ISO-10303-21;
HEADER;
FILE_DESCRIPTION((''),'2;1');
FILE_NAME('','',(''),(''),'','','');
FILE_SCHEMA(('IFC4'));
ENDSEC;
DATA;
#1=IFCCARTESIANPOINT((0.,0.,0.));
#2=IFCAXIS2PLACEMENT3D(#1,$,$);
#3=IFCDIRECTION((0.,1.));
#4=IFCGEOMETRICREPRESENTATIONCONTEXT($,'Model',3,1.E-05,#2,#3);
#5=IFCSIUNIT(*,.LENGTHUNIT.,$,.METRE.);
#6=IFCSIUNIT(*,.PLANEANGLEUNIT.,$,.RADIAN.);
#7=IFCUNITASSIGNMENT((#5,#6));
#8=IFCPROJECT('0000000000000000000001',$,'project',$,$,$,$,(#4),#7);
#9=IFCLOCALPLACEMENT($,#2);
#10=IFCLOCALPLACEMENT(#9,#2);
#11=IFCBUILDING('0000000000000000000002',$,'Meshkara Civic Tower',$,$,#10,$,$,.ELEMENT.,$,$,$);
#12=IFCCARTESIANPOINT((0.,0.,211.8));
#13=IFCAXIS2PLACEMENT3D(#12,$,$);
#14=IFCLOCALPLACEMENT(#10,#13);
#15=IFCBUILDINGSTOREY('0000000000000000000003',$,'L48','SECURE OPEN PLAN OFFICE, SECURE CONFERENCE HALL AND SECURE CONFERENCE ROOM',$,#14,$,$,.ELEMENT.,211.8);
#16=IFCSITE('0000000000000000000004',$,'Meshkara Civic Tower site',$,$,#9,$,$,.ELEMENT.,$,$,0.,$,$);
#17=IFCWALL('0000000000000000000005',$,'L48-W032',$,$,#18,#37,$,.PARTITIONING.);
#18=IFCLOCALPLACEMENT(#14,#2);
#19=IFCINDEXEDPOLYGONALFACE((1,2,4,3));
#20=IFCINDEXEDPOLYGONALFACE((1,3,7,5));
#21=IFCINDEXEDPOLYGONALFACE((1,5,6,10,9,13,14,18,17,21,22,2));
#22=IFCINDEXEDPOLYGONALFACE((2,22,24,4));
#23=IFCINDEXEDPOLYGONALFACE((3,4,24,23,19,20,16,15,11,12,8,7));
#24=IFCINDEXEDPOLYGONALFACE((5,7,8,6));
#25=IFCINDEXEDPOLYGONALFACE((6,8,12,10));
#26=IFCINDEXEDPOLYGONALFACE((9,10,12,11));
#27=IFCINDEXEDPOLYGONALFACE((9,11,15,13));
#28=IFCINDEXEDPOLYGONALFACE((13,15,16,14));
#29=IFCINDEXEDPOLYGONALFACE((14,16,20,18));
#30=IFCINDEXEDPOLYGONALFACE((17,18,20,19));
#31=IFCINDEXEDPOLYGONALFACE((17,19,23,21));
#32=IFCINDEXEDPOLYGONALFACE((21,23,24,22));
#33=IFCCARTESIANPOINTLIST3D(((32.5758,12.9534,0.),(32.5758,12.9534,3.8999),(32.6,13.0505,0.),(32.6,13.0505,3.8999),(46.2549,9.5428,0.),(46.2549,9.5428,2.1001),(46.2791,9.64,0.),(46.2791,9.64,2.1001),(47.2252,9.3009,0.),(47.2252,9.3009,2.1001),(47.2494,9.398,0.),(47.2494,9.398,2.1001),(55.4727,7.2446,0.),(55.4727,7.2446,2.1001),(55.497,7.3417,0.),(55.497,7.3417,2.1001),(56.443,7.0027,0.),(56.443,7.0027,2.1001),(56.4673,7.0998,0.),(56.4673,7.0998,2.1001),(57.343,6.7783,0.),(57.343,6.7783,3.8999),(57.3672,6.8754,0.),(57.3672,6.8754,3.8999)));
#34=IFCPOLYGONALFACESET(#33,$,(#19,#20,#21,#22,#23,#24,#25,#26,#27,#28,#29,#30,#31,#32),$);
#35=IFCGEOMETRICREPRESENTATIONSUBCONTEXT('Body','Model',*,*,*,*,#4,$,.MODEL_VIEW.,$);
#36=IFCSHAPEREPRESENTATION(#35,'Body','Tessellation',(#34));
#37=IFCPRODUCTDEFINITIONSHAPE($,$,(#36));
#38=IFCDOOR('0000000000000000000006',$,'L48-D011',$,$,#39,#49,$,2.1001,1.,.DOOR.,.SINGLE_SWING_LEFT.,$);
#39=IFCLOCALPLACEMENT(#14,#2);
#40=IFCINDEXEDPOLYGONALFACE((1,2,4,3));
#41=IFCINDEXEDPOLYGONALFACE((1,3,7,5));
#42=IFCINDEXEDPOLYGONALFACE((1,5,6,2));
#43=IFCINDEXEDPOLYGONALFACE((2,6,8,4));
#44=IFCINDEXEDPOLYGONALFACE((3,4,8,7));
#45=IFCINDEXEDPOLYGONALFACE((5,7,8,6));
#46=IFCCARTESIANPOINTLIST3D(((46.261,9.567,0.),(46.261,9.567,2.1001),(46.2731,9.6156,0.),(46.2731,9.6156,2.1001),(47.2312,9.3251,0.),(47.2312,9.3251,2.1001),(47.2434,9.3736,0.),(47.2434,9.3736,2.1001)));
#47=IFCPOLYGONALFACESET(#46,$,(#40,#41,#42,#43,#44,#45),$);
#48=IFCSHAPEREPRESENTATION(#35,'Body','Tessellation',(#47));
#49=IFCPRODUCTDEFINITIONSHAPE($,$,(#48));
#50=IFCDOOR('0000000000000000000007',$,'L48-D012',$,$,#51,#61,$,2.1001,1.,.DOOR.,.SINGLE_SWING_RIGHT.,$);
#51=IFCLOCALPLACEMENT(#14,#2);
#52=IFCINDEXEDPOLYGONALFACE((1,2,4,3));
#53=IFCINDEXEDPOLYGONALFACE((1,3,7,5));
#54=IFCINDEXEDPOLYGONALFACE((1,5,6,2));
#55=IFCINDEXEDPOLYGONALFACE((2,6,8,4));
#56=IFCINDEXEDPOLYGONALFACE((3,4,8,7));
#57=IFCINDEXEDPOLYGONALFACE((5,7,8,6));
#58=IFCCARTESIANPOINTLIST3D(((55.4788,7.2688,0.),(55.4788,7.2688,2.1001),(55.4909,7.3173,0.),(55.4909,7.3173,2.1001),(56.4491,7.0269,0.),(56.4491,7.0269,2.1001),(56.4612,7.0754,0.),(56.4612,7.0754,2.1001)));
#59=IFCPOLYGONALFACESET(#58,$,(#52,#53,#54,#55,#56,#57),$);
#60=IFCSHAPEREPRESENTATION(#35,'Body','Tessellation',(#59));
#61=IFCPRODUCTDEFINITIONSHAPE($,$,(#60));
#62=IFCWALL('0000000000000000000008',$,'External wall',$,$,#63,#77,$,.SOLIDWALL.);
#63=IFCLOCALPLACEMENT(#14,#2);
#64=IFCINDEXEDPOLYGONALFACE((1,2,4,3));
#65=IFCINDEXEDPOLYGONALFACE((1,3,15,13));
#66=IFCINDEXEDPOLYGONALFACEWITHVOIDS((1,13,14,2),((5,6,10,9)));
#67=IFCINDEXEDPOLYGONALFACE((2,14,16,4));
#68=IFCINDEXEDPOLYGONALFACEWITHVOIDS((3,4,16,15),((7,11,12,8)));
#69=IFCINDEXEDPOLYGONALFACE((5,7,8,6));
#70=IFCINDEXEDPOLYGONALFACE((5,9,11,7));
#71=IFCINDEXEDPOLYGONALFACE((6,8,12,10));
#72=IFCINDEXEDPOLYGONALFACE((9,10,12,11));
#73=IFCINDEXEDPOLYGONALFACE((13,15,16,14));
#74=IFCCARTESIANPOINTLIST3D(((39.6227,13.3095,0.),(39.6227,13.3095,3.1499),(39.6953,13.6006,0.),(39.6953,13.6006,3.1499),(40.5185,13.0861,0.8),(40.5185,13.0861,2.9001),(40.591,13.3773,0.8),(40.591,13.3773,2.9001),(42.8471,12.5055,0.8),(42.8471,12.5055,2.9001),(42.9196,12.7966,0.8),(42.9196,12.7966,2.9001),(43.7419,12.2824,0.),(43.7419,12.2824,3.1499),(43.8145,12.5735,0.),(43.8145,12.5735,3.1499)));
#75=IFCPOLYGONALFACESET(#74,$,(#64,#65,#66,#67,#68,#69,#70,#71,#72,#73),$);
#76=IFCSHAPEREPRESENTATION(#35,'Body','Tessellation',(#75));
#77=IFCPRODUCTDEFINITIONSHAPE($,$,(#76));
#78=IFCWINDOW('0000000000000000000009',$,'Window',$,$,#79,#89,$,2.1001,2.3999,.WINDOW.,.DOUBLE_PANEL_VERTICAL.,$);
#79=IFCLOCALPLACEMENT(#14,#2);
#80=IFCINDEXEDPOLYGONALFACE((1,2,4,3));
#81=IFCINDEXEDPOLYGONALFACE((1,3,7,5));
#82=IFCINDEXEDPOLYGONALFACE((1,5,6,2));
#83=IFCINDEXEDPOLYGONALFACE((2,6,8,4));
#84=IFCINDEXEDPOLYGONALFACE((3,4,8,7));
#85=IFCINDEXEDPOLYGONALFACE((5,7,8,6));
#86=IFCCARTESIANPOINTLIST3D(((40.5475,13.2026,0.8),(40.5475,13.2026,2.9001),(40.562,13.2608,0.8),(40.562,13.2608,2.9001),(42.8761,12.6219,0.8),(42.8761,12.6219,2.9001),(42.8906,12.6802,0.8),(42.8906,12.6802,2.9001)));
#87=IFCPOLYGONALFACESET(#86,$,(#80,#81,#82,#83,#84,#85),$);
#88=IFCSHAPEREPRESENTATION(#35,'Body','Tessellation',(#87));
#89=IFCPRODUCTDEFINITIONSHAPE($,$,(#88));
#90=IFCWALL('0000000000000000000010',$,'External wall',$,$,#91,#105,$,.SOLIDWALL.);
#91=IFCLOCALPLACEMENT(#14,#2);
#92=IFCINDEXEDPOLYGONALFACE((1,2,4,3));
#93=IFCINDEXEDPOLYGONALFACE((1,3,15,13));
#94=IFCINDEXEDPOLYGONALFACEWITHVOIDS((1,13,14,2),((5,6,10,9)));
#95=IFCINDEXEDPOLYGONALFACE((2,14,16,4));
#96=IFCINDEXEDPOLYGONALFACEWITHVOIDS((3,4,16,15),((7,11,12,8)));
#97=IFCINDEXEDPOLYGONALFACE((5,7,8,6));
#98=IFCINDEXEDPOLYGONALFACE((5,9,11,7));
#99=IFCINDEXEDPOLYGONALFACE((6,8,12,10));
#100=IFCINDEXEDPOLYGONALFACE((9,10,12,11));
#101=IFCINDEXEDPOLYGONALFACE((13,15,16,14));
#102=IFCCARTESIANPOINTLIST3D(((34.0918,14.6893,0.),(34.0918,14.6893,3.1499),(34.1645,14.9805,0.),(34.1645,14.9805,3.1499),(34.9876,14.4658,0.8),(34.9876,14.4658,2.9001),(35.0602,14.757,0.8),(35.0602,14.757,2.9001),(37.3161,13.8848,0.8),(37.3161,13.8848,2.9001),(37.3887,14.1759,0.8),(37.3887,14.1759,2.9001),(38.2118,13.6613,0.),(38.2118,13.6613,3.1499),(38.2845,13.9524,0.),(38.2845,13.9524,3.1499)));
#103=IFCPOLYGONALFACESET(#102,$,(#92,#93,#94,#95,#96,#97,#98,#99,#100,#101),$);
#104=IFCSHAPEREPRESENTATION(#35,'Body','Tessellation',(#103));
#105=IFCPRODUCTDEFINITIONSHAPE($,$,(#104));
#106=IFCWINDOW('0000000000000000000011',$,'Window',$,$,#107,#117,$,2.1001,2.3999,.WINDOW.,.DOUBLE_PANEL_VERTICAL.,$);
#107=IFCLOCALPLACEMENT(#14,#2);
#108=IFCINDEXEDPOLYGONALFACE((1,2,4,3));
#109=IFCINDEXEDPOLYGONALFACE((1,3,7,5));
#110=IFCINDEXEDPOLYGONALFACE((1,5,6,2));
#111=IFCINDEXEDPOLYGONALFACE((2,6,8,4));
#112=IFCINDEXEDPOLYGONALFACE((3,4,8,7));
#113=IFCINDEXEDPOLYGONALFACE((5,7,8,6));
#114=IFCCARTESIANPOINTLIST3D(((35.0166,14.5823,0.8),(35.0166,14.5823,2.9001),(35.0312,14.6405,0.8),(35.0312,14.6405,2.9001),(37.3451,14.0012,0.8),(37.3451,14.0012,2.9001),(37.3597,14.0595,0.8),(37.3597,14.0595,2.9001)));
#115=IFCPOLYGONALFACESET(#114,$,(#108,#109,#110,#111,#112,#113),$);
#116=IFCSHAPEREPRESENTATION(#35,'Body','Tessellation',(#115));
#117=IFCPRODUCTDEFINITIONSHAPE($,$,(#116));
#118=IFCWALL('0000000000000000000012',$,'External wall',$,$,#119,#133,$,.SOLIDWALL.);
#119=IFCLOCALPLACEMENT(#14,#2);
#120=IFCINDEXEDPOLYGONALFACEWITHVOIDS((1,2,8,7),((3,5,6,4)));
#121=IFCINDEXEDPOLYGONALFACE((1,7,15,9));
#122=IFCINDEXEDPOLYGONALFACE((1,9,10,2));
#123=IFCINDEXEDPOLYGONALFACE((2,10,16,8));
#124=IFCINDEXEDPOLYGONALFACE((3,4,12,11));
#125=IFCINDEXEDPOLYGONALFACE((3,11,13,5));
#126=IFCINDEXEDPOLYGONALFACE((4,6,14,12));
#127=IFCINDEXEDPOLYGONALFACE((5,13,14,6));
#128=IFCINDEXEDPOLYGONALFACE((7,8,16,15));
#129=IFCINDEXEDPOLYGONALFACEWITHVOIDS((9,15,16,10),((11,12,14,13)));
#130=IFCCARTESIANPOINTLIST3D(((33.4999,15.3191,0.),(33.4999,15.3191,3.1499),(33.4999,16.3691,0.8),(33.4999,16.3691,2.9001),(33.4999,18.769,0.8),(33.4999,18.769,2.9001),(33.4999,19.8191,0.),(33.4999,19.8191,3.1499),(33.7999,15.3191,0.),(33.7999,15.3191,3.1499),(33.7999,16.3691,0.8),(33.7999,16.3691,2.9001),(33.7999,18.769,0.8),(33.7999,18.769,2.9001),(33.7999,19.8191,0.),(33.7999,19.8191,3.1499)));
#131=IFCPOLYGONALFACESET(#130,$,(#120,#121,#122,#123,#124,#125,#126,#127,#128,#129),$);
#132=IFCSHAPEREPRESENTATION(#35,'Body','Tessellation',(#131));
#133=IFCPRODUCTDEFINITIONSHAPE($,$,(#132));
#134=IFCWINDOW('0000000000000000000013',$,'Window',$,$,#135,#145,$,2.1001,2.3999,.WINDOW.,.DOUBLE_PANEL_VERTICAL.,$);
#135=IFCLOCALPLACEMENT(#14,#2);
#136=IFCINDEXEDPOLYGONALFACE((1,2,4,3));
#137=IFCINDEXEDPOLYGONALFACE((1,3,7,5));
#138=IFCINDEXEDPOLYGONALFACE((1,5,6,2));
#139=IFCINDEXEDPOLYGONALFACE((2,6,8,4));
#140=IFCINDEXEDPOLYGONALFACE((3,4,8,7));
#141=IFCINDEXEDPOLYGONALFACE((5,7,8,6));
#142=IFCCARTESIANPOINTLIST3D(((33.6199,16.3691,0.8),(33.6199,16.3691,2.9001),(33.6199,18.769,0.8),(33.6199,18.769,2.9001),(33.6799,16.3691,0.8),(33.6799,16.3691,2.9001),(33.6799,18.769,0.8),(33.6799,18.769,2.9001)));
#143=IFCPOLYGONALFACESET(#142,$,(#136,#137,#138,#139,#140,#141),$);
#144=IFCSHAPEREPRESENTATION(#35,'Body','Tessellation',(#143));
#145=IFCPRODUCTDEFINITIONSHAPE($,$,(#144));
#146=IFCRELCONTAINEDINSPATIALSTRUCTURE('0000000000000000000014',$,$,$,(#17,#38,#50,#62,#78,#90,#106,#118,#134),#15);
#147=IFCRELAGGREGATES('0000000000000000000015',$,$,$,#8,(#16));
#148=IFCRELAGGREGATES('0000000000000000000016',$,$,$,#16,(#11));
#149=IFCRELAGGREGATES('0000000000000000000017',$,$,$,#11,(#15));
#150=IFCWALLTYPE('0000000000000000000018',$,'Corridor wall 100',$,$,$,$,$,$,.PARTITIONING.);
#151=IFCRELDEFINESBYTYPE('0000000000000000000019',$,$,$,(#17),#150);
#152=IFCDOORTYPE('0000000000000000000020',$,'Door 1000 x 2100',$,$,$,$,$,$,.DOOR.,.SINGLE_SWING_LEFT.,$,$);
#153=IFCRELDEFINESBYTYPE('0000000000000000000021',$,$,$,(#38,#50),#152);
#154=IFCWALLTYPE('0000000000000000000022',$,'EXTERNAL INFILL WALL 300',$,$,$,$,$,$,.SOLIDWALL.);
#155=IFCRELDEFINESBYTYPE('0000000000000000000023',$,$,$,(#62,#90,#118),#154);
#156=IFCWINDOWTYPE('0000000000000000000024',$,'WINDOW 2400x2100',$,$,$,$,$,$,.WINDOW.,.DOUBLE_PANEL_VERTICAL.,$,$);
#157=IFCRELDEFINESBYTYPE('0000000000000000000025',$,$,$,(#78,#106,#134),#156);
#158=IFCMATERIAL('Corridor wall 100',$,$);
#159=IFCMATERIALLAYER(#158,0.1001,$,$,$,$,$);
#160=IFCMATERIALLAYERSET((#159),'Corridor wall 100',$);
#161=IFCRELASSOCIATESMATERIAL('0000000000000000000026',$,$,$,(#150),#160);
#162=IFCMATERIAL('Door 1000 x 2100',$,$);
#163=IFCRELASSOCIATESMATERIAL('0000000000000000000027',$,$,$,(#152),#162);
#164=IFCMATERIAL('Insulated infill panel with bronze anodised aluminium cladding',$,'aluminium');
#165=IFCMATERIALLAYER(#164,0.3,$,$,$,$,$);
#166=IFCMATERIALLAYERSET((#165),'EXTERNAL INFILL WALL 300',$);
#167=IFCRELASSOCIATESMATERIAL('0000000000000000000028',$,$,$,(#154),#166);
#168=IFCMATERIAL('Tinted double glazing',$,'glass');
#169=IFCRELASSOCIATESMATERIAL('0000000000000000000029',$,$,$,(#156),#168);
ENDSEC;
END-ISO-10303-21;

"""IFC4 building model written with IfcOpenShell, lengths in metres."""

from ifc_helpers import new_model, si_unit, direction, frame, frame_2d, origin, place, context, subcontext, project, spatial, rectangle, extrude, material, layer, layer_set, type_object, element, fill, save


model = new_model("IFC4")

# Units and contexts
model_context = context("Model", 3, precision=1e-05, world=origin(), true_north=direction((0.0, 1.0)))
body_context = subcontext(model_context, "Body", "Model", "MODEL_VIEW")
ifc_project = project(units=[si_unit("LENGTHUNIT", "METRE"), si_unit("PLANEANGLEUNIT", "RADIAN")], contexts=[model_context])

# Site, building, storey
site_placement = place(None, origin())
site = spatial("IfcSite", under=ifc_project, at=site_placement, Name="Meshkara Civic Tower site", CompositionType="ELEMENT", RefElevation=0.0)
building_placement = place(site_placement, origin())
building = spatial("IfcBuilding", under=site, at=building_placement, Name="Meshkara Civic Tower", CompositionType="ELEMENT")
storey_placement = place(building_placement, frame((0.0, 0.0, 211.8)))
storey = spatial("IfcBuildingStorey", under=building, at=storey_placement, Name="L48", Description="SECURE OPEN PLAN OFFICE, SECURE CONFERENCE HALL AND SECURE CONFERENCE ROOM", CompositionType="ELEMENT", Elevation=211.8)

# Shared definitions
ifc_material_1 = material(Name="Corridor wall 100")
ifc_layer_1 = layer(ifc_material_1, 0.1001)
ifc_layer_set_1 = layer_set([ifc_layer_1], Name="Corridor wall 100")
wall_type_1 = type_object("IfcWallType", Name="Corridor wall 100", PredefinedType="PARTITIONING", material=ifc_layer_set_1)

# Wall, openings, doors
wall_1_placement = place(storey_placement, frame((32.5879, 13.002, 0.0), z_axis=(0.0, 0.0, 1.0), x_axis=(0.970296, -0.241919, 0.0)))
wall_1 = element("IfcWall", 1, at=wall_1_placement, inside=storey, type_object=wall_type_1, Name="L48-W032", PredefinedType="PARTITIONING", context=body_context, shape_type="SweptSolid", body=[
    extrude(rectangle(XDim=25.5254, YDim=0.1001, at=frame_2d((12.7627, 0.0))), origin(), (0.0, 0.0, 1.0), 3.8999),
])
opening_1_placement = place(wall_1_placement, frame((14.0979, 0.0, 0.0)))
opening_1 = element("IfcOpeningElement", 2, at=opening_1_placement, cuts=wall_1, PredefinedType="OPENING", context=body_context, shape_type="SweptSolid", body=[
    extrude(rectangle(XDim=1.0, YDim=2.1001, at=frame_2d((0.5, 1.05))), frame((0.0, 0.0601, 0.0), z_axis=(0.0, -1.0, 0.0), x_axis=(1.0, 0.0, 0.0)), (0.0, 0.0, 1.0), 0.1201),
])
opening_2_placement = place(wall_1_placement, frame((23.5979, 0.0, 0.0)))
opening_2 = element("IfcOpeningElement", 3, at=opening_2_placement, cuts=wall_1, PredefinedType="OPENING", context=body_context, shape_type="SweptSolid", body=[
    extrude(rectangle(XDim=1.0, YDim=2.1001, at=frame_2d((0.5, 1.05))), frame((0.0, 0.0601, 0.0), z_axis=(0.0, -1.0, 0.0), x_axis=(1.0, 0.0, 0.0)), (0.0, 0.0, 1.0), 0.1201),
])
ifc_material_2 = material(Name="Door 1000 x 2100")
door_type_1 = type_object("IfcDoorType", Name="Door 1000 x 2100", OperationType="SINGLE_SWING_LEFT", PredefinedType="DOOR", material=ifc_material_2)
door_1_placement = place(opening_1_placement, origin())
door_1 = element("IfcDoor", 4, at=door_1_placement, inside=storey, type_object=door_type_1, Name="L48-D011", OperationType="SINGLE_SWING_LEFT", OverallHeight=2.1001, OverallWidth=1.0, PredefinedType="DOOR", context=body_context, shape_type="SweptSolid", body=[
    extrude(rectangle(XDim=1.0, YDim=2.1001, at=frame_2d((0.5, 1.05))), frame((0.0, 0.0249, 0.0), z_axis=(0.0, -1.0, 0.0), x_axis=(1.0, 0.0, 0.0)), (0.0, 0.0, 1.0), 0.05),
])
fill(opening_1, door_1)
door_2_placement = place(opening_2_placement, origin())
door_2 = element("IfcDoor", 5, at=door_2_placement, inside=storey, type_object=door_type_1, Name="L48-D012", OperationType="SINGLE_SWING_RIGHT", OverallHeight=2.1001, OverallWidth=1.0, PredefinedType="DOOR", context=body_context, shape_type="SweptSolid", body=[
    extrude(rectangle(XDim=1.0, YDim=2.1001, at=frame_2d((0.5, 1.05))), frame((0.0, 0.0249, 0.0), z_axis=(0.0, -1.0, 0.0), x_axis=(1.0, 0.0, 0.0)), (0.0, 0.0, 1.0), 0.05),
])
fill(opening_2, door_2)

# Walls, openings, windows
ifc_material_3 = material(Name="Insulated infill panel with bronze anodised aluminium cladding", Category="aluminium")
ifc_layer_2 = layer(ifc_material_3, 0.3)
ifc_layer_set_2 = layer_set([ifc_layer_2], Name="EXTERNAL INFILL WALL 300")
wall_type_2 = type_object("IfcWallType", Name="EXTERNAL INFILL WALL 300", PredefinedType="SOLIDWALL", material=ifc_layer_set_2)
wall_2_placement = place(storey_placement, frame((43.7781, 12.428, 0.0), z_axis=(0.0, 0.0, 1.0), x_axis=(-0.970291, 0.24194, 0.0)))
wall_2 = element("IfcWall", 6, at=wall_2_placement, inside=storey, type_object=wall_type_2, Name="External wall", PredefinedType="SOLIDWALL", context=body_context, shape_type="SweptSolid", body=[
    extrude(rectangle(XDim=4.2454, YDim=0.3, at=frame_2d((2.1226, 0.0))), origin(), (0.0, 0.0, 1.0), 3.1499),
])
opening_3_placement = place(wall_2_placement, frame((0.9221, 0.0, 0.8)))
opening_3 = element("IfcOpeningElement", 7, at=opening_3_placement, cuts=wall_2, PredefinedType="OPENING", context=body_context, shape_type="SweptSolid", body=[
    extrude(rectangle(XDim=2.3999, YDim=2.1001, at=frame_2d((1.2, 1.05))), frame((0.0, 0.1599, 0.0), z_axis=(0.0, -1.0, 0.0), x_axis=(1.0, 0.0, 0.0)), (0.0, 0.0, 1.0), 0.3201),
])
ifc_material_4 = material(Name="Tinted double glazing", Category="glass")
window_type = type_object("IfcWindowType", Name="WINDOW 2400x2100", PartitioningType="DOUBLE_PANEL_VERTICAL", PredefinedType="WINDOW", material=ifc_material_4)
window_1_placement = place(opening_3_placement, origin())
window_1 = element("IfcWindow", 8, at=window_1_placement, inside=storey, type_object=window_type, Name="Window", OverallHeight=2.1001, OverallWidth=2.3999, PartitioningType="DOUBLE_PANEL_VERTICAL", PredefinedType="WINDOW", context=body_context, shape_type="SweptSolid", body=[
    extrude(rectangle(XDim=2.3999, YDim=2.1001, at=frame_2d((1.2, 1.05))), frame((0.0, 0.03, 0.0), z_axis=(0.0, -1.0, 0.0), x_axis=(1.0, 0.0, 0.0)), (0.0, 0.0, 1.0), 0.0601),
])
fill(opening_3, window_1)
wall_3_placement = place(storey_placement, frame((38.248, 13.8069, 0.0), z_axis=(0.0, 0.0, 1.0), x_axis=(-0.970251, 0.242103, 0.0)))
wall_3 = element("IfcWall", 9, at=wall_3_placement, inside=storey, type_object=wall_type_2, Name="External wall", PredefinedType="SOLIDWALL", context=body_context, shape_type="SweptSolid", body=[
    extrude(rectangle(XDim=4.2463, YDim=0.3, at=frame_2d((2.123, 0.0))), origin(), (0.0, 0.0, 1.0), 3.1499),
])
opening_4_placement = place(wall_3_placement, frame((0.9231, 0.0, 0.8)))
opening_4 = element("IfcOpeningElement", 10, at=opening_4_placement, cuts=wall_3, PredefinedType="OPENING", context=body_context, shape_type="SweptSolid", body=[
    extrude(rectangle(XDim=2.3999, YDim=2.1001, at=frame_2d((1.2, 1.05))), frame((0.0, 0.1599, 0.0), z_axis=(0.0, -1.0, 0.0), x_axis=(1.0, 0.0, 0.0)), (0.0, 0.0, 1.0), 0.3201),
])
window_2_placement = place(opening_4_placement, origin())
window_2 = element("IfcWindow", 11, at=window_2_placement, inside=storey, type_object=window_type, Name="Window", OverallHeight=2.1001, OverallWidth=2.3999, PartitioningType="DOUBLE_PANEL_VERTICAL", PredefinedType="WINDOW", context=body_context, shape_type="SweptSolid", body=[
    extrude(rectangle(XDim=2.3999, YDim=2.1001, at=frame_2d((1.2, 1.05))), frame((0.0, 0.03, 0.0), z_axis=(0.0, -1.0, 0.0), x_axis=(1.0, 0.0, 0.0)), (0.0, 0.0, 1.0), 0.0601),
])
fill(opening_4, window_2)
wall_4_placement = place(storey_placement, frame((33.6499, 15.3191, 0.0), z_axis=(0.0, 0.0, 1.0), x_axis=(0.0, 1.0, 0.0)))
wall_4 = element("IfcWall", 12, at=wall_4_placement, inside=storey, type_object=wall_type_2, Name="External wall", PredefinedType="SOLIDWALL", context=body_context, shape_type="SweptSolid", body=[
    extrude(rectangle(XDim=4.5, YDim=0.3, at=frame_2d((2.25, 0.0))), origin(), (0.0, 0.0, 1.0), 3.1499),
])
opening_5_placement = place(wall_4_placement, frame((1.05, 0.0, 0.8)))
opening_5 = element("IfcOpeningElement", 13, at=opening_5_placement, cuts=wall_4, PredefinedType="OPENING", context=body_context, shape_type="SweptSolid", body=[
    extrude(rectangle(XDim=2.3999, YDim=2.1001, at=frame_2d((1.2, 1.05))), frame((0.0, 0.1599, 0.0), z_axis=(0.0, -1.0, 0.0), x_axis=(1.0, 0.0, 0.0)), (0.0, 0.0, 1.0), 0.3201),
])
window_3_placement = place(opening_5_placement, origin())
window_3 = element("IfcWindow", 14, at=window_3_placement, inside=storey, type_object=window_type, Name="Window", OverallHeight=2.1001, OverallWidth=2.3999, PartitioningType="DOUBLE_PANEL_VERTICAL", PredefinedType="WINDOW", context=body_context, shape_type="SweptSolid", body=[
    extrude(rectangle(XDim=2.3999, YDim=2.1001, at=frame_2d((1.2, 1.05))), frame((0.0, 0.03, 0.0), z_axis=(0.0, -1.0, 0.0), x_axis=(1.0, 0.0, 0.0)), (0.0, 0.0, 1.0), 0.0601),
])
fill(opening_5, window_3)

save(model, "model.ifc")
